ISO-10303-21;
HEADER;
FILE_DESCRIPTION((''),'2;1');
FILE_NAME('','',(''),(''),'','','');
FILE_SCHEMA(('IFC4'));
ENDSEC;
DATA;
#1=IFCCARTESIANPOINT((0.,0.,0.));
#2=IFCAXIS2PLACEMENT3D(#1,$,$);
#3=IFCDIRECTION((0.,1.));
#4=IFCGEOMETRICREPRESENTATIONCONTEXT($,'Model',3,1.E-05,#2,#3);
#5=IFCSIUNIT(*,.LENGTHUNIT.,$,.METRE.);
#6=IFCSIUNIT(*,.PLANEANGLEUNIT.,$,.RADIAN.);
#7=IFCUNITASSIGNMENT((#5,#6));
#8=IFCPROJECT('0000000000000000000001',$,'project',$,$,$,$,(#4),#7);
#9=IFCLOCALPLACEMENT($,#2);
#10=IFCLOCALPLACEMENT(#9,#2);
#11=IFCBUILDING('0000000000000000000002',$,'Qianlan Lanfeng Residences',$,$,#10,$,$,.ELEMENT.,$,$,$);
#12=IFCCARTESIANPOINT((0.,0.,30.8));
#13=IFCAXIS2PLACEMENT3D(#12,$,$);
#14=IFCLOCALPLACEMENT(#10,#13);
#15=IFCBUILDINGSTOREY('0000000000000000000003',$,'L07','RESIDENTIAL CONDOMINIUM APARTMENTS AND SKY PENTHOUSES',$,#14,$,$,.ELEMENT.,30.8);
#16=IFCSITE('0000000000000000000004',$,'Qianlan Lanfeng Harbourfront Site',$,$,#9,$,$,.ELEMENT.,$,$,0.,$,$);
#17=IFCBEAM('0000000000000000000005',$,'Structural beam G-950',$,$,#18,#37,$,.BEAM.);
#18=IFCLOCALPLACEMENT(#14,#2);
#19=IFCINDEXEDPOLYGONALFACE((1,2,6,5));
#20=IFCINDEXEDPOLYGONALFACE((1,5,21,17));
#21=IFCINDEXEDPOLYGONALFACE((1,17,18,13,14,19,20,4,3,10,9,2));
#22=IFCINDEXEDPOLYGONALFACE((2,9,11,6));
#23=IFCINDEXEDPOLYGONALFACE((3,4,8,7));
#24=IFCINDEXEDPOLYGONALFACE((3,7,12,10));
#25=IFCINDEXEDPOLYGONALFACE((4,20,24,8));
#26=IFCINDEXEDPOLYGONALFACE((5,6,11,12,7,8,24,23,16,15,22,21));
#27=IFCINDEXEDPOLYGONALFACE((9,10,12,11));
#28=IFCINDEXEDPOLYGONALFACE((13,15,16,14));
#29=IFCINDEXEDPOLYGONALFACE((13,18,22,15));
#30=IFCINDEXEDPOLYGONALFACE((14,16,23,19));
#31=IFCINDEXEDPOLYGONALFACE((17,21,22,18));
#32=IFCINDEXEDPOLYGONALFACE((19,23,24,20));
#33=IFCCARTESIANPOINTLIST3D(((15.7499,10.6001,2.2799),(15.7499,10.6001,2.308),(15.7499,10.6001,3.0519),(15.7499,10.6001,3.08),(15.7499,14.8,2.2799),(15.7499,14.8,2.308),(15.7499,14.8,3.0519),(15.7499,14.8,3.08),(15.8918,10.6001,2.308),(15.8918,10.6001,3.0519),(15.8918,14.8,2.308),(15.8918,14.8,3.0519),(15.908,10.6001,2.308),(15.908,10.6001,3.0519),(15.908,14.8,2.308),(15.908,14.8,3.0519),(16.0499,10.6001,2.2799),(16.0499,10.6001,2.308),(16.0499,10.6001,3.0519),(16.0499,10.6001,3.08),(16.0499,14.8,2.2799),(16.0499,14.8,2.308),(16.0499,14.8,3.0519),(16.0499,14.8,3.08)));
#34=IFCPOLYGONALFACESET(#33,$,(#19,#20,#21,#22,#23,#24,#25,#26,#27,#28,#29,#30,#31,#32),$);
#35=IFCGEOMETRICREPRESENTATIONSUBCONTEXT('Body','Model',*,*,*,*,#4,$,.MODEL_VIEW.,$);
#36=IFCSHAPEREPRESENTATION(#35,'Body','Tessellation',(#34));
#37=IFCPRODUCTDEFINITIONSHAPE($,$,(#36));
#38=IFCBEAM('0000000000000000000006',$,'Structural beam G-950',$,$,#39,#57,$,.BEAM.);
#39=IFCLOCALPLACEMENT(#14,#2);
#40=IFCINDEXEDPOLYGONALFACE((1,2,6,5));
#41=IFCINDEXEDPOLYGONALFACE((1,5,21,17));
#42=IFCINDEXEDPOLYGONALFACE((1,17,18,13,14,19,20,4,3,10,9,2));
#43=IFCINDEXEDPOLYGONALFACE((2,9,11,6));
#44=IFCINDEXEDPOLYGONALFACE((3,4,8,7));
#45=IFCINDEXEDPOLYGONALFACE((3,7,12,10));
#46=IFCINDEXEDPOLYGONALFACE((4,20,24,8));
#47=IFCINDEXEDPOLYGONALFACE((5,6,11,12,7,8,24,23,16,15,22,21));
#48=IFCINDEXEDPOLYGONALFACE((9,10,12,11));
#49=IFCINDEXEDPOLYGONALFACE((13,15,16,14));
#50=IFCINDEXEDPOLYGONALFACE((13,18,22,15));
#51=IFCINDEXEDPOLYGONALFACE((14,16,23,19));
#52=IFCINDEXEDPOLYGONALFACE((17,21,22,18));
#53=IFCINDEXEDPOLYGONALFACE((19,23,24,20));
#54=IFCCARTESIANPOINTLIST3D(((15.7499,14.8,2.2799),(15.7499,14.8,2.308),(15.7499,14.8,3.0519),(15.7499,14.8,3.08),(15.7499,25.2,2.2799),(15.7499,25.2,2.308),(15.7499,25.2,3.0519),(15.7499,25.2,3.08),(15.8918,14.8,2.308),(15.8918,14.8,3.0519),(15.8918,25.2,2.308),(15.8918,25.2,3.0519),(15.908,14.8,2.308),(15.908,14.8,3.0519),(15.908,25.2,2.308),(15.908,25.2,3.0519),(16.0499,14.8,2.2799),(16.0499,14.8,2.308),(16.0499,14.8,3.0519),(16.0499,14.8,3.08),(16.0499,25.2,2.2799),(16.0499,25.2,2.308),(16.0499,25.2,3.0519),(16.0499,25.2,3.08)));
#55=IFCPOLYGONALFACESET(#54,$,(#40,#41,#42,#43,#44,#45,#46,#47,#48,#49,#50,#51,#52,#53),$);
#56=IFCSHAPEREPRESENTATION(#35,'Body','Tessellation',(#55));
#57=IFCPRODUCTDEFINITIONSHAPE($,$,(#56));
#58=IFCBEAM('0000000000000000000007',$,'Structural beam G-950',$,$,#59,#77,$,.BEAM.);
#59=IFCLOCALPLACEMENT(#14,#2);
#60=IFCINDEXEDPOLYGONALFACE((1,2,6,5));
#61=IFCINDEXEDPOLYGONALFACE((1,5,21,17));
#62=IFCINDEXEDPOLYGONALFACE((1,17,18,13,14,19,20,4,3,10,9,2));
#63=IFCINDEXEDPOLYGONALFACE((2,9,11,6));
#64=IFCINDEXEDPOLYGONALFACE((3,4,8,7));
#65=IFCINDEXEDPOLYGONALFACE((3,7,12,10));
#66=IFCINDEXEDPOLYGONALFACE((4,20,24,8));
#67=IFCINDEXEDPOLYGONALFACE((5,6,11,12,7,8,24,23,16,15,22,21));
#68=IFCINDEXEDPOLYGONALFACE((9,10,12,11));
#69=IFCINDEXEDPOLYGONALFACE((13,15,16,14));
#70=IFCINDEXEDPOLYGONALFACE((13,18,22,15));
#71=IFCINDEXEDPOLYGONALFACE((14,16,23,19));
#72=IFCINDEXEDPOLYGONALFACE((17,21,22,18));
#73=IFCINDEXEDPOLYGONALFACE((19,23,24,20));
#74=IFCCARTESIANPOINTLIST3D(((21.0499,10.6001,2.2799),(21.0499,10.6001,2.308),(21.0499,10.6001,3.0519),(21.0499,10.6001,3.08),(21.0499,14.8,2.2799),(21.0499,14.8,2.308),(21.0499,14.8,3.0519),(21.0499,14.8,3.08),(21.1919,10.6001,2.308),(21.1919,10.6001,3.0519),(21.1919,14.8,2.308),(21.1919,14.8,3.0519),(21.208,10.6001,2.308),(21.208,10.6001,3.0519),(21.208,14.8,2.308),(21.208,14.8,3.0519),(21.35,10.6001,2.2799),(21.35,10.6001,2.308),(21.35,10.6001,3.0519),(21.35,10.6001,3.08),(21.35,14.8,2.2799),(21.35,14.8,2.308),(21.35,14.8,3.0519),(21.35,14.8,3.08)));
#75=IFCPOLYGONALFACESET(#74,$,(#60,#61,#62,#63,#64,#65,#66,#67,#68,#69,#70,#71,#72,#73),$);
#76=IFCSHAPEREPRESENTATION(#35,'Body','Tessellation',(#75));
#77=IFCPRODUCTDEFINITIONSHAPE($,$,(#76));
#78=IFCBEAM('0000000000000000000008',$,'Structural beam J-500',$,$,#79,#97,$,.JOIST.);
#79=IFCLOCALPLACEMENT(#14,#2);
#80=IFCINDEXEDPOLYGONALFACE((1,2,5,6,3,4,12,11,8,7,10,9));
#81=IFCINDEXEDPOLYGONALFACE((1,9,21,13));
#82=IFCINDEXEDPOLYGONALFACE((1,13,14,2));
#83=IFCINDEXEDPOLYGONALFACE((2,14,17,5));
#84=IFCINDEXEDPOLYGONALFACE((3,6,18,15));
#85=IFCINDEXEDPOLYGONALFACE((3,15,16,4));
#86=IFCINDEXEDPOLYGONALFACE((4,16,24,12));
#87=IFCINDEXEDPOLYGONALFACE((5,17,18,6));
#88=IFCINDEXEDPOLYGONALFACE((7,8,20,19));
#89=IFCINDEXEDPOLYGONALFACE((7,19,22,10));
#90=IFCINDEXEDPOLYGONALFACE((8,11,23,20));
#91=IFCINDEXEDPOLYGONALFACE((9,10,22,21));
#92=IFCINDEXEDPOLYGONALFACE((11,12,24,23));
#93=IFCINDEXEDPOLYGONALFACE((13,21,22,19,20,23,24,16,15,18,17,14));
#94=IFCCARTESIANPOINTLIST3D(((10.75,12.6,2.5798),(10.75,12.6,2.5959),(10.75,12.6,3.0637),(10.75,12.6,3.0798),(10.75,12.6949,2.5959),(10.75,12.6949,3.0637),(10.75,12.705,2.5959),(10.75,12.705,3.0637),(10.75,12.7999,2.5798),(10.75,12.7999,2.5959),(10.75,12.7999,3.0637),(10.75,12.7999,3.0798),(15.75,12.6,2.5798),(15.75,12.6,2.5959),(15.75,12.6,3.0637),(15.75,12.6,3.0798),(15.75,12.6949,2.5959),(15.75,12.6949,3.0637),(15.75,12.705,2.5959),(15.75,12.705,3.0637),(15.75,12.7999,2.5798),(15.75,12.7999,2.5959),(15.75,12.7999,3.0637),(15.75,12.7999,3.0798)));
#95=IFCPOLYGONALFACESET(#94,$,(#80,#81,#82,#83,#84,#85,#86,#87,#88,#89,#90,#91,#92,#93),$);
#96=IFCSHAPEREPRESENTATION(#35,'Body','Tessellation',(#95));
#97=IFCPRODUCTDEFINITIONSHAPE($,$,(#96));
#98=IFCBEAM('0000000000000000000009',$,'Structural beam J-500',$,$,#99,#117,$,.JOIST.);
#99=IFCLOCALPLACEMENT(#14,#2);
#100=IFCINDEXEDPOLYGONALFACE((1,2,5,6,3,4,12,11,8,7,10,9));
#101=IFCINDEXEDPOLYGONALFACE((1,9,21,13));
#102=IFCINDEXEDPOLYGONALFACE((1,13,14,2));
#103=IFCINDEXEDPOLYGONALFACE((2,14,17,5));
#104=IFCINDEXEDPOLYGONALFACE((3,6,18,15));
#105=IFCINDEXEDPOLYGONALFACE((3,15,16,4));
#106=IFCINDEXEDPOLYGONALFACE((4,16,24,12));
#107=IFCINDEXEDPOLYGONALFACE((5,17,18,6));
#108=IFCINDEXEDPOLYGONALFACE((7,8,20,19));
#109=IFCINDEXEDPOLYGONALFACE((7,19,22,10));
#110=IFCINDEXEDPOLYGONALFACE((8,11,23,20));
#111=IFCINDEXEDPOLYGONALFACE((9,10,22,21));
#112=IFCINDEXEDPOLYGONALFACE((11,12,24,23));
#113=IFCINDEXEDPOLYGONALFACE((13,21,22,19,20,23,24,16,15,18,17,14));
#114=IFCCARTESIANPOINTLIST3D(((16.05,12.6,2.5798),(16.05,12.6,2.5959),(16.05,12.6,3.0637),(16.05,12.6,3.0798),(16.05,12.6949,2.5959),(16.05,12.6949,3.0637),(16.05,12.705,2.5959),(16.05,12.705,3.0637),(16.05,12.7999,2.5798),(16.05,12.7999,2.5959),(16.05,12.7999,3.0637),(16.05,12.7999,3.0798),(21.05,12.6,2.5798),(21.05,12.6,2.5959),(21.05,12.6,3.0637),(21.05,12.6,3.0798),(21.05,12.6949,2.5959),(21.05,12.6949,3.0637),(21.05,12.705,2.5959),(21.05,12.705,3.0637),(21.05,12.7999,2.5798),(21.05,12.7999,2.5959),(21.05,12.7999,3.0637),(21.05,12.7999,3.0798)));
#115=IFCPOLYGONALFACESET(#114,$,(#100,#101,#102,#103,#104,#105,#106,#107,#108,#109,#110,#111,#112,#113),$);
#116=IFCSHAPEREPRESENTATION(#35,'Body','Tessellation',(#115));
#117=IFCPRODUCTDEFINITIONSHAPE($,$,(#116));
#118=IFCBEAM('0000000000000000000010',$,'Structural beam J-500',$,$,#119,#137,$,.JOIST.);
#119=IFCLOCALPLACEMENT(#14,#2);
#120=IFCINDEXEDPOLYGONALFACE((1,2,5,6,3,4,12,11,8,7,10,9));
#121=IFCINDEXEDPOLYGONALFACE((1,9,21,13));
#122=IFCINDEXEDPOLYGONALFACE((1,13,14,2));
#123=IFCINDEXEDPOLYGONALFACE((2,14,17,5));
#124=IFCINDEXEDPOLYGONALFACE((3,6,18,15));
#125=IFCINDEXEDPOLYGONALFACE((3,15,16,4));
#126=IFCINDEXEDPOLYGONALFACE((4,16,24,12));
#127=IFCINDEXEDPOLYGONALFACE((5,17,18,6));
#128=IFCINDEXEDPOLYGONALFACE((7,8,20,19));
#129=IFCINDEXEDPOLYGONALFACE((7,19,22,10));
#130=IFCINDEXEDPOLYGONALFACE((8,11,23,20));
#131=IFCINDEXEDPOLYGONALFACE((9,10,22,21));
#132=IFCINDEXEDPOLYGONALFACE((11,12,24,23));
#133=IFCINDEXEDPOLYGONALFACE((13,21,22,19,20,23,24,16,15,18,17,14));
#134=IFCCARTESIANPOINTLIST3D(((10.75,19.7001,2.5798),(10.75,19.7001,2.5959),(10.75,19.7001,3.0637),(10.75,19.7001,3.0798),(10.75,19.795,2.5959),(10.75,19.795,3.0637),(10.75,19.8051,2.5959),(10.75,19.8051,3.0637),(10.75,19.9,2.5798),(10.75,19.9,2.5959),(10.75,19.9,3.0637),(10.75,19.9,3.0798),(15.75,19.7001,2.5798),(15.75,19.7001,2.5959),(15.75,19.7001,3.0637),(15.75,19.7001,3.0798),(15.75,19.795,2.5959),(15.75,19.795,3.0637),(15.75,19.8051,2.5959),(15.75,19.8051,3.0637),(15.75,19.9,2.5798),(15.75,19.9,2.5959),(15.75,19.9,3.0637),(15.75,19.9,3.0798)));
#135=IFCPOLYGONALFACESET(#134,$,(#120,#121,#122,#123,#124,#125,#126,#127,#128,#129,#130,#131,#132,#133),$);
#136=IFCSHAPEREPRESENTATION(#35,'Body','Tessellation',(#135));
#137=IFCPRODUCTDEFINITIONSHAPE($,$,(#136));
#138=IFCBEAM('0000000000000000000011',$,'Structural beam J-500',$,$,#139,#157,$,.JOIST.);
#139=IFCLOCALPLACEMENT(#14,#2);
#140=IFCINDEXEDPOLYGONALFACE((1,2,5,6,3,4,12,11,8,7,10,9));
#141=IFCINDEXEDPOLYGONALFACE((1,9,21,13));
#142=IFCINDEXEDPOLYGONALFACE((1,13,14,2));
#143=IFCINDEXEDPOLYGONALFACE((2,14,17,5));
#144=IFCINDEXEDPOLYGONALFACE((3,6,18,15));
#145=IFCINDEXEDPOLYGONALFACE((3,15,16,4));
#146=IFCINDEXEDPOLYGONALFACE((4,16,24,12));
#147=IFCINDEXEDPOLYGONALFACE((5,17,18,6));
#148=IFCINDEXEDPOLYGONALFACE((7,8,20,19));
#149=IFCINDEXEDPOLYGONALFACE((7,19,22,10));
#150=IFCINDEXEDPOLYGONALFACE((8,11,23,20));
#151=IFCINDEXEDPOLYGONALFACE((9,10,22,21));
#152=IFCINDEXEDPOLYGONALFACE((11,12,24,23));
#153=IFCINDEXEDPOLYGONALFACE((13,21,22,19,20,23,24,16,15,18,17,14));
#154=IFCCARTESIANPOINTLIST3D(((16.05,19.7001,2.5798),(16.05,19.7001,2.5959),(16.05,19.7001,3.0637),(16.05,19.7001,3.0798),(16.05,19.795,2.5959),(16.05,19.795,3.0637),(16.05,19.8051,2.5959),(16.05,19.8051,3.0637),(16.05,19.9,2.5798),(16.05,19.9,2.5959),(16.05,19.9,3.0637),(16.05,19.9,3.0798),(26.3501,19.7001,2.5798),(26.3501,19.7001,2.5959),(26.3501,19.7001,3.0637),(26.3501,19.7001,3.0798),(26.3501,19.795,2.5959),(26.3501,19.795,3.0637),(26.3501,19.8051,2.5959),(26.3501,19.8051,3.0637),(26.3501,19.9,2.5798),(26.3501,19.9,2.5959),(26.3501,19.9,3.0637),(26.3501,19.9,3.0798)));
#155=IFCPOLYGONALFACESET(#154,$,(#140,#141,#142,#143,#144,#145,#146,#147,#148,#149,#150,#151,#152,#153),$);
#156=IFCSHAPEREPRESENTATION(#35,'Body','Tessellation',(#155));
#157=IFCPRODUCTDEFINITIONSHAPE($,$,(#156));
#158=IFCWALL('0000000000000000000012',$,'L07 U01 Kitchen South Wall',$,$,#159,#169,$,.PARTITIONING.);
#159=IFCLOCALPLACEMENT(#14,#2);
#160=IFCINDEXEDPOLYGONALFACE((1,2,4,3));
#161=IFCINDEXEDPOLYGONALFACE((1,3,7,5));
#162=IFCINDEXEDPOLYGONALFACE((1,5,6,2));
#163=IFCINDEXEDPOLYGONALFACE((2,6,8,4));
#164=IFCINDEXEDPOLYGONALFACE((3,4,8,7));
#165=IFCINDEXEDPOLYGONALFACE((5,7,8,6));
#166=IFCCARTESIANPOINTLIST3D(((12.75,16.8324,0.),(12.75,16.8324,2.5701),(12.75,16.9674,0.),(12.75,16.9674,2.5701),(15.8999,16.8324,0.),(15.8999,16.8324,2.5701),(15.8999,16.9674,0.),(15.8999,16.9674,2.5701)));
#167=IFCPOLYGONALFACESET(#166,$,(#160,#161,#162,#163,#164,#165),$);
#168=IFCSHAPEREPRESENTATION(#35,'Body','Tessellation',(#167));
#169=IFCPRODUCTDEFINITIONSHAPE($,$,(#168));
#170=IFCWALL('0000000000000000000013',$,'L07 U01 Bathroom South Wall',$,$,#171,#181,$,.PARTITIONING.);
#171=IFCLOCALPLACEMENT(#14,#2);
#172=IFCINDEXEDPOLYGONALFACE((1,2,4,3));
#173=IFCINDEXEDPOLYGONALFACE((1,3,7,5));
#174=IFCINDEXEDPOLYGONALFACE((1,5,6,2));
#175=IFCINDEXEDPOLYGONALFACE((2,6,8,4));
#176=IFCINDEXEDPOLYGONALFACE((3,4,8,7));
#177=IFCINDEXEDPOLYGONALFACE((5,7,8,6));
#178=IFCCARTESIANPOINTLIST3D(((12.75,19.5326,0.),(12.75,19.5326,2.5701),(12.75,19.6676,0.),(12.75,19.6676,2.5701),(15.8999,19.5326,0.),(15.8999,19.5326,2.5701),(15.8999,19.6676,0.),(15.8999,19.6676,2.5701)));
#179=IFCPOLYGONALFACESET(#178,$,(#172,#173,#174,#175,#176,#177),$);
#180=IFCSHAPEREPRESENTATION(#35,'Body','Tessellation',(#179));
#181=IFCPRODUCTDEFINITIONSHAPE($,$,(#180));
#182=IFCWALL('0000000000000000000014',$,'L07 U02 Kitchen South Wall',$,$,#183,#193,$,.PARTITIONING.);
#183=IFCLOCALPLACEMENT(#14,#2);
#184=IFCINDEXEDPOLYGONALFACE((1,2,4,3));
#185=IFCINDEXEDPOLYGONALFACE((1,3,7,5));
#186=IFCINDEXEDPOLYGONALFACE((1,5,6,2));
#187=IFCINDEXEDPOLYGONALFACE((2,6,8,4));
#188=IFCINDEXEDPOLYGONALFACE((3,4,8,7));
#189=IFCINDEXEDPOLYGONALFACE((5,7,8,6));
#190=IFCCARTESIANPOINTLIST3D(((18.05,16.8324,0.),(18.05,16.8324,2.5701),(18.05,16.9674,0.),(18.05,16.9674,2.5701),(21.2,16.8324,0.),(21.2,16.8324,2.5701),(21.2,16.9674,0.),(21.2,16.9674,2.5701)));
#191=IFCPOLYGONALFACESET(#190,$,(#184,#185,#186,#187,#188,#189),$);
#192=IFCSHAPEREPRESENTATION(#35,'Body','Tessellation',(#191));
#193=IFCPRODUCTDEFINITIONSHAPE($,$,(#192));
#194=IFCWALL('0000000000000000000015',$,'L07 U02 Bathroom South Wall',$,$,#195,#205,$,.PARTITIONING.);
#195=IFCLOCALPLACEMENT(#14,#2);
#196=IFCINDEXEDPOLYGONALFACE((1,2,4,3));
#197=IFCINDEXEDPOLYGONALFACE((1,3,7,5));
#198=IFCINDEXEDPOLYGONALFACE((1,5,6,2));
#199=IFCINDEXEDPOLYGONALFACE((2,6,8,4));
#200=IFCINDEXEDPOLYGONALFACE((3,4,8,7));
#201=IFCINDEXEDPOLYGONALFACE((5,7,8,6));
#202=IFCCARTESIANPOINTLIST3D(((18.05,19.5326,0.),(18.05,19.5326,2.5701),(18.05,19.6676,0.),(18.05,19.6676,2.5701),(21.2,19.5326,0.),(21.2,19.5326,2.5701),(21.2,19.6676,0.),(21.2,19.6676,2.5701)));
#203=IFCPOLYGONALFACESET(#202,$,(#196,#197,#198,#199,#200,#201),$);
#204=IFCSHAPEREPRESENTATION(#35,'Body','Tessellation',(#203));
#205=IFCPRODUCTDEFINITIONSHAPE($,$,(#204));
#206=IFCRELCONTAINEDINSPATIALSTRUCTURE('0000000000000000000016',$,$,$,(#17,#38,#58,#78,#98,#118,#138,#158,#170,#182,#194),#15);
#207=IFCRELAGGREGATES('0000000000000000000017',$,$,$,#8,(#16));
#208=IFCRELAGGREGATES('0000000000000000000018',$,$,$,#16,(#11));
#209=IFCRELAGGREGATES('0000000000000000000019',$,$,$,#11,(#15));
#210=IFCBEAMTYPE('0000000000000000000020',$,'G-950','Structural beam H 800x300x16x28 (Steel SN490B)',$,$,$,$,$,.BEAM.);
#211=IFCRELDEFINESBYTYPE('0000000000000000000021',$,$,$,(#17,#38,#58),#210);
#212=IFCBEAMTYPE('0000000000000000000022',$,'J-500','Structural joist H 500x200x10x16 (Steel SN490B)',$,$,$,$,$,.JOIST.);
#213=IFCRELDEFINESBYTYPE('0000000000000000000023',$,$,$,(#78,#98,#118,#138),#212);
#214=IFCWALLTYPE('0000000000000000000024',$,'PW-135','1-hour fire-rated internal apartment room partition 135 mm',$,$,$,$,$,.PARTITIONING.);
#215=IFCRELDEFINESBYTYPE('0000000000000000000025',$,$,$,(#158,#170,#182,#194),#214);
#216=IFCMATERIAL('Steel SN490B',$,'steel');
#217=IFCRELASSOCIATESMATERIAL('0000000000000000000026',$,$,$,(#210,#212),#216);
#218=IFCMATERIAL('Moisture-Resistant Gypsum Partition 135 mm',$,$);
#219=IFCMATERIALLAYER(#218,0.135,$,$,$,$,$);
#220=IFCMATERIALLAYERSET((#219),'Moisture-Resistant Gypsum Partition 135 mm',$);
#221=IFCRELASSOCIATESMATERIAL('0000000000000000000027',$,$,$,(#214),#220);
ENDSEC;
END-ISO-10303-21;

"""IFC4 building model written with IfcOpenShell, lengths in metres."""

from ifc_helpers import new_model, si_unit, direction, frame, frame_2d, origin, origin_2d, place, context, subcontext, project, spatial, rectangle, i_section, extrude, material, layer, layer_set, material_profile, profile_set, type_object, element, save


model = new_model("IFC4")

# Units and contexts
model_context = context("Model", 3, precision=1e-05, world=origin(), true_north=direction((0.0, 1.0)))
body_context = subcontext(model_context, "Body", "Model", "MODEL_VIEW")
ifc_project = project(units=[si_unit("LENGTHUNIT", "METRE"), si_unit("PLANEANGLEUNIT", "RADIAN")], contexts=[model_context])

# Site, building, storey
site_placement = place(None, origin())
site = spatial("IfcSite", under=ifc_project, at=site_placement, Name="Qianlan Lanfeng Harbourfront Site", CompositionType="ELEMENT", RefElevation=0.0)
building_placement = place(site_placement, origin())
building = spatial("IfcBuilding", under=site, at=building_placement, Name="Qianlan Lanfeng Residences", CompositionType="ELEMENT")
storey_placement = place(building_placement, frame((0.0, 0.0, 30.8)))
storey = spatial("IfcBuildingStorey", under=building, at=storey_placement, Name="L07", Description="RESIDENTIAL CONDOMINIUM APARTMENTS AND SKY PENTHOUSES", CompositionType="ELEMENT", Elevation=30.8)

# Beams
ifc_material_1 = material(Name="Steel SN490B", Category="steel")
ifc_material_profile_1 = material_profile(ifc_material_1, i_section(OverallWidth=0.3, OverallDepth=0.8, WebThickness=0.0161, FlangeThickness=0.0281, at=origin_2d()), Name="H 800x300x16x28")
ifc_profile_set_1 = profile_set([ifc_material_profile_1], Name="Steel SN490B")
beam_type_1 = type_object("IfcBeamType", Name="G-950", Description="Structural beam H 800x300x16x28 (Steel SN490B)", PredefinedType="BEAM", material=ifc_profile_set_1)
beam_1_placement = place(storey_placement, frame((15.8999, 10.6001, 2.6799), z_axis=(0.0, 1.0, 0.0), x_axis=(-1.0, 0.0, 0.0)))
element("IfcBeam", 1, at=beam_1_placement, inside=storey, type_object=beam_type_1, Name="Structural beam G-950", PredefinedType="BEAM", context=body_context, shape_type="SweptSolid", body=[
    extrude(i_section(OverallWidth=0.3, OverallDepth=0.8, WebThickness=0.0161, FlangeThickness=0.0281, at=origin_2d()), origin(), (0.0, 0.0, 1.0), 4.2),
])
beam_2_placement = place(storey_placement, frame((15.8999, 14.8, 2.6799), z_axis=(0.0, 1.0, 0.0), x_axis=(-1.0, 0.0, 0.0)))
element("IfcBeam", 2, at=beam_2_placement, inside=storey, type_object=beam_type_1, Name="Structural beam G-950", PredefinedType="BEAM", context=body_context, shape_type="SweptSolid", body=[
    extrude(i_section(OverallWidth=0.3, OverallDepth=0.8, WebThickness=0.0161, FlangeThickness=0.0281, at=origin_2d()), origin(), (0.0, 0.0, 1.0), 10.3999),
])
beam_3_placement = place(storey_placement, frame((21.2, 10.6001, 2.6799), z_axis=(0.0, 1.0, 0.0), x_axis=(-1.0, 0.0, 0.0)))
element("IfcBeam", 3, at=beam_3_placement, inside=storey, type_object=beam_type_1, Name="Structural beam G-950", PredefinedType="BEAM", context=body_context, shape_type="SweptSolid", body=[
    extrude(i_section(OverallWidth=0.3, OverallDepth=0.8, WebThickness=0.0161, FlangeThickness=0.0281, at=origin_2d()), origin(), (0.0, 0.0, 1.0), 4.2),
])
ifc_material_profile_2 = material_profile(ifc_material_1, i_section(OverallWidth=0.2, OverallDepth=0.5, WebThickness=0.01, FlangeThickness=0.0161, at=origin_2d()), Name="H 500x200x10x16")
ifc_profile_set_2 = profile_set([ifc_material_profile_2], Name="Steel SN490B")
beam_type_2 = type_object("IfcBeamType", Name="J-500", Description="Structural joist H 500x200x10x16 (Steel SN490B)", PredefinedType="JOIST", material=ifc_profile_set_2)
for number, where, z_axis, x_axis, name in (
    (4, (10.75, 12.7, 2.8298), (1.0, 0.0, 0.0), (0.0, 1.0, 0.0), "Structural beam J-500"),
    (5, (16.05, 12.7, 2.8298), (1.0, 0.0, 0.0), (0.0, 1.0, 0.0), "Structural beam J-500"),
    (6, (10.75, 19.8, 2.8298), (1.0, 0.0, 0.0), (0.0, 1.0, 0.0), "Structural beam J-500"),
):
    element("IfcBeam", number, at=place(storey_placement, frame(where, z_axis=z_axis, x_axis=x_axis)), inside=storey, type_object=beam_type_2, Name=name, PredefinedType="JOIST", context=body_context, shape_type="SweptSolid", body=[
        extrude(i_section(OverallWidth=0.2, OverallDepth=0.5, WebThickness=0.01, FlangeThickness=0.0161, at=origin_2d()), origin(), (0.0, 0.0, 1.0), 5.0),
    ])
beam_4_placement = place(storey_placement, frame((16.05, 19.8, 2.8298), z_axis=(1.0, 0.0, 0.0), x_axis=(0.0, 1.0, 0.0)))
element("IfcBeam", 7, at=beam_4_placement, inside=storey, type_object=beam_type_2, Name="Structural beam J-500", PredefinedType="JOIST", context=body_context, shape_type="SweptSolid", body=[
    extrude(i_section(OverallWidth=0.2, OverallDepth=0.5, WebThickness=0.01, FlangeThickness=0.0161, at=origin_2d()), origin(), (0.0, 0.0, 1.0), 10.3),
])

# Shared definitions
ifc_material_2 = material(Name="Moisture-Resistant Gypsum Partition 135 mm")
ifc_layer = layer(ifc_material_2, 0.135)
ifc_layer_set = layer_set([ifc_layer], Name="Moisture-Resistant Gypsum Partition 135 mm")
wall_type = type_object("IfcWallType", Name="PW-135", Description="1-hour fire-rated internal apartment room partition 135 mm", PredefinedType="PARTITIONING", material=ifc_layer_set)

# Walls
for number, where, z_axis, x_axis, name in (
    (8, (12.75, 16.8999, 0.0), (0.0, 0.0, 1.0), (1.0, 0.0, 0.0), "L07 U01 Kitchen South Wall"),
    (9, (12.75, 19.6001, 0.0), (0.0, 0.0, 1.0), (1.0, 0.0, 0.0), "L07 U01 Bathroom South Wall"),
    (10, (18.05, 16.8999, 0.0), (0.0, 0.0, 1.0), (1.0, 0.0, 0.0), "L07 U02 Kitchen South Wall"),
    (11, (18.05, 19.6001, 0.0), (0.0, 0.0, 1.0), (1.0, 0.0, 0.0), "L07 U02 Bathroom South Wall"),
):
    element("IfcWall", number, at=place(storey_placement, frame(where, z_axis=z_axis, x_axis=x_axis)), inside=storey, type_object=wall_type, Name=name, PredefinedType="PARTITIONING", context=body_context, shape_type="SweptSolid", body=[
        extrude(rectangle(XDim=3.1499, YDim=0.135, at=frame_2d((1.575, 0.0))), origin(), (0.0, 0.0, 1.0), 2.5701),
    ])

save(model, "model.ifc")
